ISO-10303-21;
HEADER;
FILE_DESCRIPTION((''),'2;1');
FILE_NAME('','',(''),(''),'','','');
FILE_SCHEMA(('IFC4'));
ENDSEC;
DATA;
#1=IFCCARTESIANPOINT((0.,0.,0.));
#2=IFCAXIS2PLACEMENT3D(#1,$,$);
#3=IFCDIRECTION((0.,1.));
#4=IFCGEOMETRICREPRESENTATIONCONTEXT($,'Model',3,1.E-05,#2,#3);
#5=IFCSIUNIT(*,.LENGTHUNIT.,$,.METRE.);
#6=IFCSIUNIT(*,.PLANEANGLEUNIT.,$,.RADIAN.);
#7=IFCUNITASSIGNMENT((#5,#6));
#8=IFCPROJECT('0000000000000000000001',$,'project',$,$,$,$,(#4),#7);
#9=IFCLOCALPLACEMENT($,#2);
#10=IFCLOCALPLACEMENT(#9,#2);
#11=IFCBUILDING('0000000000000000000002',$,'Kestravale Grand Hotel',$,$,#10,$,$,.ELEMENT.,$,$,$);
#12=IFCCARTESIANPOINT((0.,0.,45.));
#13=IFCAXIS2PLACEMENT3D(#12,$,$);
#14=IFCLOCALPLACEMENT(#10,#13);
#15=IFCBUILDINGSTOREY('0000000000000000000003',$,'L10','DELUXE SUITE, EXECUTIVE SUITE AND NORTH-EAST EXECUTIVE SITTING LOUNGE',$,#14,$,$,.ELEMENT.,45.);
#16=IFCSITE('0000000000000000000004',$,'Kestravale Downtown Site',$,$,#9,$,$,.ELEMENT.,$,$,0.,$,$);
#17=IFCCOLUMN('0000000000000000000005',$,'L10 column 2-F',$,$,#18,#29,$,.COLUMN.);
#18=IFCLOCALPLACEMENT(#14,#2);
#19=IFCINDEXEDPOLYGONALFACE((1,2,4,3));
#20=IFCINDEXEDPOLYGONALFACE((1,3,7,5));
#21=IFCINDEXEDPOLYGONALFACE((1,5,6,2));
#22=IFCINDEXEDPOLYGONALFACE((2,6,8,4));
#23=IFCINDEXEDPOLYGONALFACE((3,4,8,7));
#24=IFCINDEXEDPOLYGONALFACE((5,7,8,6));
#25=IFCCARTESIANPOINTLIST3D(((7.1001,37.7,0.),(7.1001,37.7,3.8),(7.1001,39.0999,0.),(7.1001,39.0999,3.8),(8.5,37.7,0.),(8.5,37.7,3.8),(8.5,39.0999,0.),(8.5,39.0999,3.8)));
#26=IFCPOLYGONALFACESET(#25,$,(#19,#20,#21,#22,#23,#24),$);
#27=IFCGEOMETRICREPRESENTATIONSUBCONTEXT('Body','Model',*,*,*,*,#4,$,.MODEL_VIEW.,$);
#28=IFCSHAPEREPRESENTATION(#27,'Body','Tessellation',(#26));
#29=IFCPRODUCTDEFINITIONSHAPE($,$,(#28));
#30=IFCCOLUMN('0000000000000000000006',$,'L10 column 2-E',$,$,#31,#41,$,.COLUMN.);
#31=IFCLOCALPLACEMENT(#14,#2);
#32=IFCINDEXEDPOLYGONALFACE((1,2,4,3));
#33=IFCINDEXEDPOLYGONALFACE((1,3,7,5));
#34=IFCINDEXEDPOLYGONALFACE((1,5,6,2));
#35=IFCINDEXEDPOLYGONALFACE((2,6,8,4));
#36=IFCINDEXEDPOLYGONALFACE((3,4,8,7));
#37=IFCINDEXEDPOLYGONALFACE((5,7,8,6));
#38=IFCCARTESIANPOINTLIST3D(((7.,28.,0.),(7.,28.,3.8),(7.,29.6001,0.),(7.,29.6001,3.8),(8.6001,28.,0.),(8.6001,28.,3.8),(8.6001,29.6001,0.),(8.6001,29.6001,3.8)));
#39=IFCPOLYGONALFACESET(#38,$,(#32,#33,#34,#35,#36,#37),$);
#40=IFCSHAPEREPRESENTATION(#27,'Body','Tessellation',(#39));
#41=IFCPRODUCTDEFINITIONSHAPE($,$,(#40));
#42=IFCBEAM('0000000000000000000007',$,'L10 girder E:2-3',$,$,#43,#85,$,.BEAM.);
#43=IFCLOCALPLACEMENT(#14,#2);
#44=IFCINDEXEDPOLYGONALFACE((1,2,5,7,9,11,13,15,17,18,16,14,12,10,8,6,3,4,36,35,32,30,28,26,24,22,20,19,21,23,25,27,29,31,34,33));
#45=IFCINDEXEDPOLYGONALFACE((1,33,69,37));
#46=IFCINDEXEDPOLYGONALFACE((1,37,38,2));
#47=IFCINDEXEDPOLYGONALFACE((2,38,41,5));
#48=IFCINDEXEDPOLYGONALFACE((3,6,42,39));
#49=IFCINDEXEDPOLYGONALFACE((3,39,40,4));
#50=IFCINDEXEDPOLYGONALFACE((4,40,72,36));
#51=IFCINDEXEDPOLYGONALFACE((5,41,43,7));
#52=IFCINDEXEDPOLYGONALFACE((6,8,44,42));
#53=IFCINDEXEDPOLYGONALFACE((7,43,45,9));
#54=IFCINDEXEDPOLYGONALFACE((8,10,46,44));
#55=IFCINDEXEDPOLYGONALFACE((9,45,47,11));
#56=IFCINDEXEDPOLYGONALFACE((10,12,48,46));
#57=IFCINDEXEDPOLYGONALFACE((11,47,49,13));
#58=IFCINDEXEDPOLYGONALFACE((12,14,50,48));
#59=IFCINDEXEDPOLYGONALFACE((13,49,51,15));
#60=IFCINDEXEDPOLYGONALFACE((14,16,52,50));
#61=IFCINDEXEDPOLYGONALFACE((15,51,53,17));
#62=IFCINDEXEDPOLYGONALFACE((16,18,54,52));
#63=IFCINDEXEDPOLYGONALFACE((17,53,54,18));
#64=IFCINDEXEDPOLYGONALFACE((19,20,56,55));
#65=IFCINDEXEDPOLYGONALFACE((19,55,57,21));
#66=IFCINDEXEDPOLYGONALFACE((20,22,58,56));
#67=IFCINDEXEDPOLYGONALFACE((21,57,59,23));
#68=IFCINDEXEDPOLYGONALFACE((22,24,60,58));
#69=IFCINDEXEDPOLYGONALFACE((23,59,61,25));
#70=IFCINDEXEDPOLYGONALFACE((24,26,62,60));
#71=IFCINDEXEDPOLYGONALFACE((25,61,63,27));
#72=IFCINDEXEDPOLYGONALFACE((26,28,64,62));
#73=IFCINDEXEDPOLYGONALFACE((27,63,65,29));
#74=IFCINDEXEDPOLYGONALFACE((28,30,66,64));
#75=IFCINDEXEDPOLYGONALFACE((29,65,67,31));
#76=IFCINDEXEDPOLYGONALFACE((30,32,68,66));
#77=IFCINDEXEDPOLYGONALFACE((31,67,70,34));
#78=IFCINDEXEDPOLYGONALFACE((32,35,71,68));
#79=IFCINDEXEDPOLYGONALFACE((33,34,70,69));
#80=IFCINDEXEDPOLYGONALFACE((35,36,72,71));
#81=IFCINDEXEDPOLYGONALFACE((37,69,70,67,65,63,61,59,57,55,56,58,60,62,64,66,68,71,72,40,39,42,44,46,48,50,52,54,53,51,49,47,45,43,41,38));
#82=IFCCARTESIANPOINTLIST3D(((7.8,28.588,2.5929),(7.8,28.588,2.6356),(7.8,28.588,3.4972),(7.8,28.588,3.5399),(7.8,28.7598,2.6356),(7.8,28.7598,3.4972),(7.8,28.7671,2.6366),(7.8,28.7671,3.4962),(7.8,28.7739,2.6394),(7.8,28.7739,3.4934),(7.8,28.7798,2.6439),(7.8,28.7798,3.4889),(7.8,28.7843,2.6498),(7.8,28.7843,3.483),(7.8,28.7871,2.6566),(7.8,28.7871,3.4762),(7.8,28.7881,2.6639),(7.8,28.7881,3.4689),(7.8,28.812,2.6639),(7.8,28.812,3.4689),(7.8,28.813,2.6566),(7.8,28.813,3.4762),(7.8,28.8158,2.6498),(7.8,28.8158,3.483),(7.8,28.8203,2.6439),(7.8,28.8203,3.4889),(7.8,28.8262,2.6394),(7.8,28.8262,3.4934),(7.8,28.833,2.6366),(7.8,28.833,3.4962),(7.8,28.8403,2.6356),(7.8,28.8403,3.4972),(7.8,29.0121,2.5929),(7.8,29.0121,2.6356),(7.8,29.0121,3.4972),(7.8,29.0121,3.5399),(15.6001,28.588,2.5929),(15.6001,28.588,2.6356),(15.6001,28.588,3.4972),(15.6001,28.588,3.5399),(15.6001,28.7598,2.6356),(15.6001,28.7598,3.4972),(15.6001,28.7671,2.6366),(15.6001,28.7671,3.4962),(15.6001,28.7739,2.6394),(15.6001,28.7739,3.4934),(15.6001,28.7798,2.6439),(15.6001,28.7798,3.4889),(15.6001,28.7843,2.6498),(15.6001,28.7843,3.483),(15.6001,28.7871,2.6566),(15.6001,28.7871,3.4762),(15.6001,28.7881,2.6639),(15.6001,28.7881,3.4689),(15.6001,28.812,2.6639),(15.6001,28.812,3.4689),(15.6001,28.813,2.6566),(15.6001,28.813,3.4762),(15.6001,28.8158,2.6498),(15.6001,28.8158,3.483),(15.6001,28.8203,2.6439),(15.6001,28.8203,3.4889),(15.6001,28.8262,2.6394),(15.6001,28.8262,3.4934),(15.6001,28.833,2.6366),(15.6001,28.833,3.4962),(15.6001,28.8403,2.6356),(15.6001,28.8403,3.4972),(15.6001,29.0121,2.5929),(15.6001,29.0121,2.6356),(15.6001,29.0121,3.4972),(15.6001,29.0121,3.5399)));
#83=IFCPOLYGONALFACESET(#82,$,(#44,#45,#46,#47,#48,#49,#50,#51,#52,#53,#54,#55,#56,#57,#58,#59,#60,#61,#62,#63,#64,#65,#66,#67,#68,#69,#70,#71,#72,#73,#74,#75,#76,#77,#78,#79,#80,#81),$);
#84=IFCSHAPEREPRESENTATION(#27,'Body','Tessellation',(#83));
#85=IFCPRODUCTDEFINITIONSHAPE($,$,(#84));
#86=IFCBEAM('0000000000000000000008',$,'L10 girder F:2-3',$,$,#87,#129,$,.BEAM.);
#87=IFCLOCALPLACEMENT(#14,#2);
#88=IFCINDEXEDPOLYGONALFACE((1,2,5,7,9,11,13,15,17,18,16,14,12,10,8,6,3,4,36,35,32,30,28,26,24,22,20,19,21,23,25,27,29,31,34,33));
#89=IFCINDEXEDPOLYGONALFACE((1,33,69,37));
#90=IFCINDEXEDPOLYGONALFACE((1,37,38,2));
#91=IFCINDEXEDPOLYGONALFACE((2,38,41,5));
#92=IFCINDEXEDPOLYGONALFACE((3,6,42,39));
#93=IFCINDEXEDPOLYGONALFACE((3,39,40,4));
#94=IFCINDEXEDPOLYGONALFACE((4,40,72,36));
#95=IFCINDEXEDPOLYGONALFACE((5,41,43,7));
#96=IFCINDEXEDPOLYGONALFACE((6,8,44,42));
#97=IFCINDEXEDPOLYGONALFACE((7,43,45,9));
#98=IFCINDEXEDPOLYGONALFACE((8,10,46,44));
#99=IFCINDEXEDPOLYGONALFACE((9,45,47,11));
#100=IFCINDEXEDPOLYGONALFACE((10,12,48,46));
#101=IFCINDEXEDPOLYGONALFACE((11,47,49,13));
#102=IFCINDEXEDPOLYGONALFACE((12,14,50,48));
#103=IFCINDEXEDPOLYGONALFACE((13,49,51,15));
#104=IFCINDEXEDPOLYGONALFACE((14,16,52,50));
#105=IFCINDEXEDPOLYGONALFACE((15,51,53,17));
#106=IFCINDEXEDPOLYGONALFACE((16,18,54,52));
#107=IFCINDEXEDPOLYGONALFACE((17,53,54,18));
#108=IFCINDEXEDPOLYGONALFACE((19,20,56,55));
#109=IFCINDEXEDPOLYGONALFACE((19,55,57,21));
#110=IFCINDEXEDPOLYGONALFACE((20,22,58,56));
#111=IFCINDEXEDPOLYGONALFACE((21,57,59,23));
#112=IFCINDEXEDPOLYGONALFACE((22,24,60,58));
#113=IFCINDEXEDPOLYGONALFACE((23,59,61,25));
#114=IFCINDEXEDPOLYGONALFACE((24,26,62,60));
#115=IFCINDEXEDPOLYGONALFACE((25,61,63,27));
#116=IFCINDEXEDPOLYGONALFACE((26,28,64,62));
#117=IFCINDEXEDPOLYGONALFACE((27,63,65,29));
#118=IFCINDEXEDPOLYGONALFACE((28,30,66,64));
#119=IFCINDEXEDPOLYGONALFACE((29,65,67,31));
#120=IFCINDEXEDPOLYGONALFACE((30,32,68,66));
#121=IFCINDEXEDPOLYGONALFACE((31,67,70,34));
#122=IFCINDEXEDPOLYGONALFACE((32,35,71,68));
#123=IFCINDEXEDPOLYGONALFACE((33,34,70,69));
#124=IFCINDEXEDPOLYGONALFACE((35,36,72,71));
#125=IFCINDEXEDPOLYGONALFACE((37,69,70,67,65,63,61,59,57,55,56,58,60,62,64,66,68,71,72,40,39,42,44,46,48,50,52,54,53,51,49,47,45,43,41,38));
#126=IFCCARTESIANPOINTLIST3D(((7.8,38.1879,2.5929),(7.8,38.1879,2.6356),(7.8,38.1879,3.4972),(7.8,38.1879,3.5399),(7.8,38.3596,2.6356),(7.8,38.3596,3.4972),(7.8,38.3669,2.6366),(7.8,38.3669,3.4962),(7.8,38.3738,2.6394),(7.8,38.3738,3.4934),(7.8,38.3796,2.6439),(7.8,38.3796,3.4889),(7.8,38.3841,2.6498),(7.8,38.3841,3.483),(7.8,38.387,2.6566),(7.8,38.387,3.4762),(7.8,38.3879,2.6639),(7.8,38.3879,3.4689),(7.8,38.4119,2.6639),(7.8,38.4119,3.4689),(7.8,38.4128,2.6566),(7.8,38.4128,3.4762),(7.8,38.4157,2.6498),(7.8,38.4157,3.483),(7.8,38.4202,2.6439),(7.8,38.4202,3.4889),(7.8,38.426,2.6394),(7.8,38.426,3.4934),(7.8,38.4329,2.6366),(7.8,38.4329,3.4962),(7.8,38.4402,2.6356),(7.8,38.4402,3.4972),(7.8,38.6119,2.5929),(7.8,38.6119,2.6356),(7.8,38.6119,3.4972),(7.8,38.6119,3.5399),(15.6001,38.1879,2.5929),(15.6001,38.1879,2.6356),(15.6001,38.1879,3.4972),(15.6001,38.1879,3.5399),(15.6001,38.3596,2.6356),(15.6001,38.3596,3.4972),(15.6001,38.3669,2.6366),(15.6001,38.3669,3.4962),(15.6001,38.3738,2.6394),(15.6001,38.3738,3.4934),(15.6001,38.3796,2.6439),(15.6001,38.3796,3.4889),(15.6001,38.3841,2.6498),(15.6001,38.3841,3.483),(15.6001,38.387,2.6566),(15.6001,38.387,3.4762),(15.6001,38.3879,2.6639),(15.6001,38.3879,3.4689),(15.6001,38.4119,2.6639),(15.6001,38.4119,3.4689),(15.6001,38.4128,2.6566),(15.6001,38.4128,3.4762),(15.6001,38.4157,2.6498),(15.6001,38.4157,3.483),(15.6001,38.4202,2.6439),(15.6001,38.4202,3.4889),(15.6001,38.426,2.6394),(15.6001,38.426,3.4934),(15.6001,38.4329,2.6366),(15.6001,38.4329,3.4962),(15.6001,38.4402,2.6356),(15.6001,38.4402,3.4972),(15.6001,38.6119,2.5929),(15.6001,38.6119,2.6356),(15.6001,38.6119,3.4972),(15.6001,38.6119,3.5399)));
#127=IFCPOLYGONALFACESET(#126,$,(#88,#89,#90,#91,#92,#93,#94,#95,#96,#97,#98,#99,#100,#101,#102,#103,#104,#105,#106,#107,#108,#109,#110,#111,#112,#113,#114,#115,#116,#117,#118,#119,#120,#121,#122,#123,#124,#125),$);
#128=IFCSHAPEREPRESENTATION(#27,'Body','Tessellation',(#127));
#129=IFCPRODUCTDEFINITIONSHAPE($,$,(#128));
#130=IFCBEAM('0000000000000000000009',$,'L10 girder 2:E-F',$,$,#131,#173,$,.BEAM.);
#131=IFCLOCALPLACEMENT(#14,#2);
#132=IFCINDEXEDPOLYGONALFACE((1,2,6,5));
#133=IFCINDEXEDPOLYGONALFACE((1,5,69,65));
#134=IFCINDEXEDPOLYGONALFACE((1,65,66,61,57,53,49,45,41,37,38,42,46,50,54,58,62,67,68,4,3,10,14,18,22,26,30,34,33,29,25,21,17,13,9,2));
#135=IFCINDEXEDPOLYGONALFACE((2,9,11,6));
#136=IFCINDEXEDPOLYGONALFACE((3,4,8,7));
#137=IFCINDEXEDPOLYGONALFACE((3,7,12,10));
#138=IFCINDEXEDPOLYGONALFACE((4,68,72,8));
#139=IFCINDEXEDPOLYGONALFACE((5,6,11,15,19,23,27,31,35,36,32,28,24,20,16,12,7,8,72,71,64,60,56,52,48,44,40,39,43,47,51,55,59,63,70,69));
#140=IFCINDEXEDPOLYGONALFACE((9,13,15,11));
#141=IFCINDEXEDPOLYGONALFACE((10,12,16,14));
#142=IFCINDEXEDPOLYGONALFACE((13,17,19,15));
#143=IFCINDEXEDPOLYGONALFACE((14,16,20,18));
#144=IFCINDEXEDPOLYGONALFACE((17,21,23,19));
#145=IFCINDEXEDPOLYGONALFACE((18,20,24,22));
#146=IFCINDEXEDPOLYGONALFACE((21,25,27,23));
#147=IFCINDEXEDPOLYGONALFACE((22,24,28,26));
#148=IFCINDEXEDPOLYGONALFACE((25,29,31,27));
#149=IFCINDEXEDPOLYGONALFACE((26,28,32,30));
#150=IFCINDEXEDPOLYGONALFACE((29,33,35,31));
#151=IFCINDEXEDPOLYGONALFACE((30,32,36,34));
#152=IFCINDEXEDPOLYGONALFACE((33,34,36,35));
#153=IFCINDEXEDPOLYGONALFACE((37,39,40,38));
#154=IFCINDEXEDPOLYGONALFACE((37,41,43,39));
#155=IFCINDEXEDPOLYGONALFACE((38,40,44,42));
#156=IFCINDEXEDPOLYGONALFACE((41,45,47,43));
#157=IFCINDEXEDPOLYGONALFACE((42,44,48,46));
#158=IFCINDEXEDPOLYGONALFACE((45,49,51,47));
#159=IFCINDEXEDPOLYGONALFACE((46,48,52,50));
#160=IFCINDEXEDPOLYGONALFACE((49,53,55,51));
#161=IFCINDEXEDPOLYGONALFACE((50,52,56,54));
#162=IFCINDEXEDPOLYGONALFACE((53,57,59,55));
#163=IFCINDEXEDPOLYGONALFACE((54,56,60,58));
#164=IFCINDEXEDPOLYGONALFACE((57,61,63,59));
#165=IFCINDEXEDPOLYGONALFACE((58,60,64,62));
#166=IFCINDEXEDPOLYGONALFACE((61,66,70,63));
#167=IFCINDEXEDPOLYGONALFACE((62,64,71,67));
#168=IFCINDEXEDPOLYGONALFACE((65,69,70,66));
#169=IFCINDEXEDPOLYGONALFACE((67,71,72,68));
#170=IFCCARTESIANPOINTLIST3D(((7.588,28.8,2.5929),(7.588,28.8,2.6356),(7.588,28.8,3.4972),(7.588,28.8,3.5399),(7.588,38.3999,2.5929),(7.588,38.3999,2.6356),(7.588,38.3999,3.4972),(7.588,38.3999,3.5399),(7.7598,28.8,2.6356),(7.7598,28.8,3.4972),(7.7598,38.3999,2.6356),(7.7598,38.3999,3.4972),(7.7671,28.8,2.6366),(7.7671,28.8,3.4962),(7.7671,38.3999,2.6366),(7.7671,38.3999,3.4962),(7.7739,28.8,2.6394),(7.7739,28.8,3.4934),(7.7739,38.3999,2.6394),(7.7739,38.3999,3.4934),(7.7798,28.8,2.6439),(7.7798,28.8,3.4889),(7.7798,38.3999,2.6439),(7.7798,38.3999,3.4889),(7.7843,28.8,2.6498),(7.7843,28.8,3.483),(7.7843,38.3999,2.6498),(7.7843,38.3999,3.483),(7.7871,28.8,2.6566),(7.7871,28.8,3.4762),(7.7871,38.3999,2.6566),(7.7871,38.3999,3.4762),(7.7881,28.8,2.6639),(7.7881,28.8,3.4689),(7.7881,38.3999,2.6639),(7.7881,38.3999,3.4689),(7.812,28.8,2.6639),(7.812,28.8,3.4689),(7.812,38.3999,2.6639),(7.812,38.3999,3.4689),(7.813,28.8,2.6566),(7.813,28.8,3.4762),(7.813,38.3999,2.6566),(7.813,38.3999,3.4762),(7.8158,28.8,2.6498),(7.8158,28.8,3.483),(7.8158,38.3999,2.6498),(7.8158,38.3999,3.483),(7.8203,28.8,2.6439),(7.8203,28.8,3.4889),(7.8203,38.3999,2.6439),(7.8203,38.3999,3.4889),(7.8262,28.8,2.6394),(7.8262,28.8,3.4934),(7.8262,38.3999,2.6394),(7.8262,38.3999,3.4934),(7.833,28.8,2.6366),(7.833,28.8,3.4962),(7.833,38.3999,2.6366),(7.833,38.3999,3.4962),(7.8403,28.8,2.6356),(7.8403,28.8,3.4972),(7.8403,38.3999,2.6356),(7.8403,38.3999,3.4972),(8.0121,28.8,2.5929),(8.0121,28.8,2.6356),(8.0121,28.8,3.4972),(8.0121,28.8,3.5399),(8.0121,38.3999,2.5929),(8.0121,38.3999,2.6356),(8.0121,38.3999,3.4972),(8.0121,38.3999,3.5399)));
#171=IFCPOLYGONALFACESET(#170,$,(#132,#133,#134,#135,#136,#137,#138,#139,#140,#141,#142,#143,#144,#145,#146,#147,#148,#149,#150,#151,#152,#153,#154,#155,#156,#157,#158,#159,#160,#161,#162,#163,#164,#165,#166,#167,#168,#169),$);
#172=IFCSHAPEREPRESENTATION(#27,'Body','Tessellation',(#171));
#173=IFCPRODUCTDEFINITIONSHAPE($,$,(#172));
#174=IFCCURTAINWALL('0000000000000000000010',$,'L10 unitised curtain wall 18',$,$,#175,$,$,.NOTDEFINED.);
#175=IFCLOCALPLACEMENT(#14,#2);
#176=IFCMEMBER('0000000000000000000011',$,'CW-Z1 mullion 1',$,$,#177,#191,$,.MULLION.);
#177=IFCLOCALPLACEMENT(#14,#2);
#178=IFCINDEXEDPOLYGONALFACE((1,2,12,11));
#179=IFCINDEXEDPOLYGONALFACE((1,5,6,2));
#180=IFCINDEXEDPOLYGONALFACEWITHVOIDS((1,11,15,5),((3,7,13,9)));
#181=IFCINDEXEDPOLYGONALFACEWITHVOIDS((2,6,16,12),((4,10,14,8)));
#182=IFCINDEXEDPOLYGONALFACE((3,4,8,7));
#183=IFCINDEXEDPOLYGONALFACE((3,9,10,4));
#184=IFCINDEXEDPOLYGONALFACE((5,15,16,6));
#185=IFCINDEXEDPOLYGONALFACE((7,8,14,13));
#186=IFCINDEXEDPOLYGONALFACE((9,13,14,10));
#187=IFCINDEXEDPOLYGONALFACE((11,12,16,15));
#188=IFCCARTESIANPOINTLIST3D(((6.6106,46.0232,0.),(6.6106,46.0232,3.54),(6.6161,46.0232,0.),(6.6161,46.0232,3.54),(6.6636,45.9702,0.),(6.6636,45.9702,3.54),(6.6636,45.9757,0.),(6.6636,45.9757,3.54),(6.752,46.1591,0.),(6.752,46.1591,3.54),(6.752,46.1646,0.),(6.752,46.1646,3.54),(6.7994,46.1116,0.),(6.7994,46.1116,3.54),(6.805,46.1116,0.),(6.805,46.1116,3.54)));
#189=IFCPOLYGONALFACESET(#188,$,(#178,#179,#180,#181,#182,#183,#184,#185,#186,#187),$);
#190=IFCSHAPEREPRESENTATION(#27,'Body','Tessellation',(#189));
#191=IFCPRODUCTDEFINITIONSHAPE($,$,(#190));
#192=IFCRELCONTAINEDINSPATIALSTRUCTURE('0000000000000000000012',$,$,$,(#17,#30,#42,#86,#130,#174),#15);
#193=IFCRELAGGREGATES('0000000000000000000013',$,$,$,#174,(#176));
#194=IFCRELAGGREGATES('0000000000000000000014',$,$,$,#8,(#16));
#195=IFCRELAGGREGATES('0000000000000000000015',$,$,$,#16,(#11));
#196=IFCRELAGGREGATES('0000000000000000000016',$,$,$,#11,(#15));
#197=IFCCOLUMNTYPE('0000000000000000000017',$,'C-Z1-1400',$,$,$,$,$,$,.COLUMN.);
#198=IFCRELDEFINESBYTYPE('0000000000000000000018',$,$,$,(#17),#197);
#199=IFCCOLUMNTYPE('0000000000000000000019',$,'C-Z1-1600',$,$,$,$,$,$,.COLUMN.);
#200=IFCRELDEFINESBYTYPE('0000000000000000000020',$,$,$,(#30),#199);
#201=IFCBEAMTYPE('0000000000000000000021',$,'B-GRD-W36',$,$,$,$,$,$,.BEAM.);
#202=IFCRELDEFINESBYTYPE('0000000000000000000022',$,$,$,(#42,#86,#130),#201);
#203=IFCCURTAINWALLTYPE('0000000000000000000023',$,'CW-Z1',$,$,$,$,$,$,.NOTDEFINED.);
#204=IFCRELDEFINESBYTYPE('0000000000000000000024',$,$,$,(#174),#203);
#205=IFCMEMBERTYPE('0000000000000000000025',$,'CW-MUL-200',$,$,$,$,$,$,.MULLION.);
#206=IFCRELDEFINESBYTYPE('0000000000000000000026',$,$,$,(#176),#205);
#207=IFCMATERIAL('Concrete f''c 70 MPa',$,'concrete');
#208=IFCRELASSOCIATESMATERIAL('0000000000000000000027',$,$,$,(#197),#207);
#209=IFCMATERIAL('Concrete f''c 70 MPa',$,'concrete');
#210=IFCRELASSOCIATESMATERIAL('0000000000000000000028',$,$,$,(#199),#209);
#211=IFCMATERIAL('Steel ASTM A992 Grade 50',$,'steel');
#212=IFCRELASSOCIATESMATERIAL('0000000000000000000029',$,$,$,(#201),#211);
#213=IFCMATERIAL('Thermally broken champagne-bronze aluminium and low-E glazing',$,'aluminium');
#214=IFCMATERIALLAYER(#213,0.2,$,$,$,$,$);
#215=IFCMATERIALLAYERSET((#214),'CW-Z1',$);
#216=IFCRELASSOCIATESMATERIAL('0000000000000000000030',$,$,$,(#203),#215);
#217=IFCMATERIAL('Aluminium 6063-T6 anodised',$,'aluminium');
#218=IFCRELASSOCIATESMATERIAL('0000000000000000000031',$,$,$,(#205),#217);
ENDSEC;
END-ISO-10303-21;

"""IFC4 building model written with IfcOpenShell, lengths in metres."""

from ifc_helpers import new_model, si_unit, direction, frame, origin, origin_2d, place, context, subcontext, project, spatial, rectangle, hollow_rectangle, i_section, extrude, material, layer, layer_set, material_profile, profile_set, type_object, element, aggregate, save


model = new_model("IFC4")

# Units and contexts
model_context = context("Model", 3, precision=1e-05, world=origin(), true_north=direction((0.0, 1.0)))
body_context = subcontext(model_context, "Body", "Model", "MODEL_VIEW")
ifc_project = project(units=[si_unit("LENGTHUNIT", "METRE"), si_unit("PLANEANGLEUNIT", "RADIAN")], contexts=[model_context])

# Site, building, storey
site_placement = place(None, origin())
site = spatial("IfcSite", under=ifc_project, at=site_placement, Name="Kestravale Downtown Site", CompositionType="ELEMENT", RefElevation=0.0)
building_placement = place(site_placement, origin())
building = spatial("IfcBuilding", under=site, at=building_placement, Name="Kestravale Grand Hotel", CompositionType="ELEMENT")
storey_placement = place(building_placement, frame((0.0, 0.0, 45.0)))
storey = spatial("IfcBuildingStorey", under=building, at=storey_placement, Name="L10", Description="DELUXE SUITE, EXECUTIVE SUITE AND NORTH-EAST EXECUTIVE SITTING LOUNGE", CompositionType="ELEMENT", Elevation=45.0)

# Columns
ifc_material_1 = material(Name="Concrete f'c 70 MPa", Category="concrete")
ifc_material_profile_1 = material_profile(ifc_material_1, rectangle(XDim=1.3999, YDim=1.3999, at=origin_2d()))
ifc_profile_set_1 = profile_set([ifc_material_profile_1], Name="Concrete f'c 70 MPa")
column_type_1 = type_object("IfcColumnType", Name="C-Z1-1400", PredefinedType="COLUMN", material=ifc_profile_set_1)
column_1_placement = place(storey_placement, frame((7.8, 38.3999, 0.0), z_axis=(0.0, 0.0, 1.0), x_axis=(1.0, 0.0, 0.0)))
element("IfcColumn", 1, at=column_1_placement, inside=storey, type_object=column_type_1, Name="L10 column 2-F", PredefinedType="COLUMN", context=body_context, shape_type="SweptSolid", body=[
    extrude(rectangle(XDim=1.3999, YDim=1.3999, at=origin_2d()), origin(), (0.0, 0.0, 1.0), 3.8),
])
ifc_material_2 = material(Name="Concrete f'c 70 MPa", Category="concrete")
ifc_material_profile_2 = material_profile(ifc_material_2, rectangle(XDim=1.6001, YDim=1.6001, at=origin_2d()))
ifc_profile_set_2 = profile_set([ifc_material_profile_2], Name="Concrete f'c 70 MPa")
column_type_2 = type_object("IfcColumnType", Name="C-Z1-1600", PredefinedType="COLUMN", material=ifc_profile_set_2)
column_2_placement = place(storey_placement, frame((7.8, 28.8, 0.0), z_axis=(0.0, 0.0, 1.0), x_axis=(1.0, 0.0, 0.0)))
element("IfcColumn", 2, at=column_2_placement, inside=storey, type_object=column_type_2, Name="L10 column 2-E", PredefinedType="COLUMN", context=body_context, shape_type="SweptSolid", body=[
    extrude(rectangle(XDim=1.6001, YDim=1.6001, at=origin_2d()), origin(), (0.0, 0.0, 1.0), 3.8),
])

# Beams
ifc_material_3 = material(Name="Steel ASTM A992 Grade 50", Category="steel")
ifc_material_profile_3 = material_profile(ifc_material_3, i_section(OverallWidth=0.4241, OverallDepth=0.947, WebThickness=0.0239, FlangeThickness=0.0427, FilletRadius=0.0283, at=origin_2d()))
ifc_profile_set_3 = profile_set([ifc_material_profile_3], Name="Steel ASTM A992 Grade 50")
beam_type = type_object("IfcBeamType", Name="B-GRD-W36", PredefinedType="BEAM", material=ifc_profile_set_3)
for number, where, z_axis, x_axis, name in (
    (3, (7.8, 28.8, 3.0664), (1.0, 0.0, 0.0), (0.0, 1.0, 0.0), "L10 girder E:2-3"),
    (4, (7.8, 38.3999, 3.0664), (1.0, 0.0, 0.0), (0.0, 1.0, 0.0), "L10 girder F:2-3"),
):
    element("IfcBeam", number, at=place(storey_placement, frame(where, z_axis=z_axis, x_axis=x_axis)), inside=storey, type_object=beam_type, Name=name, PredefinedType="BEAM", context=body_context, shape_type="SweptSolid", body=[
        extrude(i_section(OverallWidth=0.4241, OverallDepth=0.947, WebThickness=0.0239, FlangeThickness=0.0427, FilletRadius=0.0283, at=origin_2d()), origin(), (0.0, 0.0, 1.0), 7.8),
    ])
beam_placement = place(storey_placement, frame((7.8, 28.8, 3.0664), z_axis=(0.0, 1.0, 0.0), x_axis=(-1.0, 0.0, 0.0)))
element("IfcBeam", 5, at=beam_placement, inside=storey, type_object=beam_type, Name="L10 girder 2:E-F", PredefinedType="BEAM", context=body_context, shape_type="SweptSolid", body=[
    extrude(i_section(OverallWidth=0.4241, OverallDepth=0.947, WebThickness=0.0239, FlangeThickness=0.0427, FilletRadius=0.0283, at=origin_2d()), origin(), (0.0, 0.0, 1.0), 9.5999),
])

# Curtain wall, member
ifc_material_4 = material(Name="Thermally broken champagne-bronze aluminium and low-E glazing", Category="aluminium")
ifc_layer_1 = layer(ifc_material_4, 0.2)
ifc_layer_set_1 = layer_set([ifc_layer_1], Name="CW-Z1")
curtain_wall_type = type_object("IfcCurtainWallType", Name="CW-Z1", PredefinedType="NOTDEFINED", material=ifc_layer_set_1)
curtain_wall_placement = place(storey_placement, origin())
curtain_wall = element("IfcCurtainWall", 6, at=curtain_wall_placement, inside=storey, type_object=curtain_wall_type, Name="L10 unitised curtain wall 18", PredefinedType="NOTDEFINED")
ifc_material_5 = material(Name="Aluminium 6063-T6 anodised", Category="aluminium")
ifc_material_profile_4 = material_profile(ifc_material_5, hollow_rectangle(XDim=0.075, YDim=0.2, WallThickness=0.0039, at=origin_2d()))
ifc_profile_set_4 = profile_set([ifc_material_profile_4], Name="Aluminium 6063-T6 anodised")
member_type_1 = type_object("IfcMemberType", Name="CW-MUL-200", PredefinedType="MULLION", material=ifc_profile_set_4)
member_1_placement = place(storey_placement, frame((6.7078, 46.0674, 0.0), z_axis=(0.0, 0.0, 1.0), x_axis=(0.707107, -0.707107, 0.0)))
member_1 = element("IfcMember", 7, at=member_1_placement, type_object=member_type_1, Name="CW-Z1 mullion 1", PredefinedType="MULLION", context=body_context, shape_type="SweptSolid", body=[
    extrude(hollow_rectangle(XDim=0.075, YDim=0.2, WallThickness=0.0039, at=origin_2d()), origin(), (0.0, 0.0, 1.0), 3.54),
])
aggregate(curtain_wall, [member_1])

save(model, "model.ifc")
